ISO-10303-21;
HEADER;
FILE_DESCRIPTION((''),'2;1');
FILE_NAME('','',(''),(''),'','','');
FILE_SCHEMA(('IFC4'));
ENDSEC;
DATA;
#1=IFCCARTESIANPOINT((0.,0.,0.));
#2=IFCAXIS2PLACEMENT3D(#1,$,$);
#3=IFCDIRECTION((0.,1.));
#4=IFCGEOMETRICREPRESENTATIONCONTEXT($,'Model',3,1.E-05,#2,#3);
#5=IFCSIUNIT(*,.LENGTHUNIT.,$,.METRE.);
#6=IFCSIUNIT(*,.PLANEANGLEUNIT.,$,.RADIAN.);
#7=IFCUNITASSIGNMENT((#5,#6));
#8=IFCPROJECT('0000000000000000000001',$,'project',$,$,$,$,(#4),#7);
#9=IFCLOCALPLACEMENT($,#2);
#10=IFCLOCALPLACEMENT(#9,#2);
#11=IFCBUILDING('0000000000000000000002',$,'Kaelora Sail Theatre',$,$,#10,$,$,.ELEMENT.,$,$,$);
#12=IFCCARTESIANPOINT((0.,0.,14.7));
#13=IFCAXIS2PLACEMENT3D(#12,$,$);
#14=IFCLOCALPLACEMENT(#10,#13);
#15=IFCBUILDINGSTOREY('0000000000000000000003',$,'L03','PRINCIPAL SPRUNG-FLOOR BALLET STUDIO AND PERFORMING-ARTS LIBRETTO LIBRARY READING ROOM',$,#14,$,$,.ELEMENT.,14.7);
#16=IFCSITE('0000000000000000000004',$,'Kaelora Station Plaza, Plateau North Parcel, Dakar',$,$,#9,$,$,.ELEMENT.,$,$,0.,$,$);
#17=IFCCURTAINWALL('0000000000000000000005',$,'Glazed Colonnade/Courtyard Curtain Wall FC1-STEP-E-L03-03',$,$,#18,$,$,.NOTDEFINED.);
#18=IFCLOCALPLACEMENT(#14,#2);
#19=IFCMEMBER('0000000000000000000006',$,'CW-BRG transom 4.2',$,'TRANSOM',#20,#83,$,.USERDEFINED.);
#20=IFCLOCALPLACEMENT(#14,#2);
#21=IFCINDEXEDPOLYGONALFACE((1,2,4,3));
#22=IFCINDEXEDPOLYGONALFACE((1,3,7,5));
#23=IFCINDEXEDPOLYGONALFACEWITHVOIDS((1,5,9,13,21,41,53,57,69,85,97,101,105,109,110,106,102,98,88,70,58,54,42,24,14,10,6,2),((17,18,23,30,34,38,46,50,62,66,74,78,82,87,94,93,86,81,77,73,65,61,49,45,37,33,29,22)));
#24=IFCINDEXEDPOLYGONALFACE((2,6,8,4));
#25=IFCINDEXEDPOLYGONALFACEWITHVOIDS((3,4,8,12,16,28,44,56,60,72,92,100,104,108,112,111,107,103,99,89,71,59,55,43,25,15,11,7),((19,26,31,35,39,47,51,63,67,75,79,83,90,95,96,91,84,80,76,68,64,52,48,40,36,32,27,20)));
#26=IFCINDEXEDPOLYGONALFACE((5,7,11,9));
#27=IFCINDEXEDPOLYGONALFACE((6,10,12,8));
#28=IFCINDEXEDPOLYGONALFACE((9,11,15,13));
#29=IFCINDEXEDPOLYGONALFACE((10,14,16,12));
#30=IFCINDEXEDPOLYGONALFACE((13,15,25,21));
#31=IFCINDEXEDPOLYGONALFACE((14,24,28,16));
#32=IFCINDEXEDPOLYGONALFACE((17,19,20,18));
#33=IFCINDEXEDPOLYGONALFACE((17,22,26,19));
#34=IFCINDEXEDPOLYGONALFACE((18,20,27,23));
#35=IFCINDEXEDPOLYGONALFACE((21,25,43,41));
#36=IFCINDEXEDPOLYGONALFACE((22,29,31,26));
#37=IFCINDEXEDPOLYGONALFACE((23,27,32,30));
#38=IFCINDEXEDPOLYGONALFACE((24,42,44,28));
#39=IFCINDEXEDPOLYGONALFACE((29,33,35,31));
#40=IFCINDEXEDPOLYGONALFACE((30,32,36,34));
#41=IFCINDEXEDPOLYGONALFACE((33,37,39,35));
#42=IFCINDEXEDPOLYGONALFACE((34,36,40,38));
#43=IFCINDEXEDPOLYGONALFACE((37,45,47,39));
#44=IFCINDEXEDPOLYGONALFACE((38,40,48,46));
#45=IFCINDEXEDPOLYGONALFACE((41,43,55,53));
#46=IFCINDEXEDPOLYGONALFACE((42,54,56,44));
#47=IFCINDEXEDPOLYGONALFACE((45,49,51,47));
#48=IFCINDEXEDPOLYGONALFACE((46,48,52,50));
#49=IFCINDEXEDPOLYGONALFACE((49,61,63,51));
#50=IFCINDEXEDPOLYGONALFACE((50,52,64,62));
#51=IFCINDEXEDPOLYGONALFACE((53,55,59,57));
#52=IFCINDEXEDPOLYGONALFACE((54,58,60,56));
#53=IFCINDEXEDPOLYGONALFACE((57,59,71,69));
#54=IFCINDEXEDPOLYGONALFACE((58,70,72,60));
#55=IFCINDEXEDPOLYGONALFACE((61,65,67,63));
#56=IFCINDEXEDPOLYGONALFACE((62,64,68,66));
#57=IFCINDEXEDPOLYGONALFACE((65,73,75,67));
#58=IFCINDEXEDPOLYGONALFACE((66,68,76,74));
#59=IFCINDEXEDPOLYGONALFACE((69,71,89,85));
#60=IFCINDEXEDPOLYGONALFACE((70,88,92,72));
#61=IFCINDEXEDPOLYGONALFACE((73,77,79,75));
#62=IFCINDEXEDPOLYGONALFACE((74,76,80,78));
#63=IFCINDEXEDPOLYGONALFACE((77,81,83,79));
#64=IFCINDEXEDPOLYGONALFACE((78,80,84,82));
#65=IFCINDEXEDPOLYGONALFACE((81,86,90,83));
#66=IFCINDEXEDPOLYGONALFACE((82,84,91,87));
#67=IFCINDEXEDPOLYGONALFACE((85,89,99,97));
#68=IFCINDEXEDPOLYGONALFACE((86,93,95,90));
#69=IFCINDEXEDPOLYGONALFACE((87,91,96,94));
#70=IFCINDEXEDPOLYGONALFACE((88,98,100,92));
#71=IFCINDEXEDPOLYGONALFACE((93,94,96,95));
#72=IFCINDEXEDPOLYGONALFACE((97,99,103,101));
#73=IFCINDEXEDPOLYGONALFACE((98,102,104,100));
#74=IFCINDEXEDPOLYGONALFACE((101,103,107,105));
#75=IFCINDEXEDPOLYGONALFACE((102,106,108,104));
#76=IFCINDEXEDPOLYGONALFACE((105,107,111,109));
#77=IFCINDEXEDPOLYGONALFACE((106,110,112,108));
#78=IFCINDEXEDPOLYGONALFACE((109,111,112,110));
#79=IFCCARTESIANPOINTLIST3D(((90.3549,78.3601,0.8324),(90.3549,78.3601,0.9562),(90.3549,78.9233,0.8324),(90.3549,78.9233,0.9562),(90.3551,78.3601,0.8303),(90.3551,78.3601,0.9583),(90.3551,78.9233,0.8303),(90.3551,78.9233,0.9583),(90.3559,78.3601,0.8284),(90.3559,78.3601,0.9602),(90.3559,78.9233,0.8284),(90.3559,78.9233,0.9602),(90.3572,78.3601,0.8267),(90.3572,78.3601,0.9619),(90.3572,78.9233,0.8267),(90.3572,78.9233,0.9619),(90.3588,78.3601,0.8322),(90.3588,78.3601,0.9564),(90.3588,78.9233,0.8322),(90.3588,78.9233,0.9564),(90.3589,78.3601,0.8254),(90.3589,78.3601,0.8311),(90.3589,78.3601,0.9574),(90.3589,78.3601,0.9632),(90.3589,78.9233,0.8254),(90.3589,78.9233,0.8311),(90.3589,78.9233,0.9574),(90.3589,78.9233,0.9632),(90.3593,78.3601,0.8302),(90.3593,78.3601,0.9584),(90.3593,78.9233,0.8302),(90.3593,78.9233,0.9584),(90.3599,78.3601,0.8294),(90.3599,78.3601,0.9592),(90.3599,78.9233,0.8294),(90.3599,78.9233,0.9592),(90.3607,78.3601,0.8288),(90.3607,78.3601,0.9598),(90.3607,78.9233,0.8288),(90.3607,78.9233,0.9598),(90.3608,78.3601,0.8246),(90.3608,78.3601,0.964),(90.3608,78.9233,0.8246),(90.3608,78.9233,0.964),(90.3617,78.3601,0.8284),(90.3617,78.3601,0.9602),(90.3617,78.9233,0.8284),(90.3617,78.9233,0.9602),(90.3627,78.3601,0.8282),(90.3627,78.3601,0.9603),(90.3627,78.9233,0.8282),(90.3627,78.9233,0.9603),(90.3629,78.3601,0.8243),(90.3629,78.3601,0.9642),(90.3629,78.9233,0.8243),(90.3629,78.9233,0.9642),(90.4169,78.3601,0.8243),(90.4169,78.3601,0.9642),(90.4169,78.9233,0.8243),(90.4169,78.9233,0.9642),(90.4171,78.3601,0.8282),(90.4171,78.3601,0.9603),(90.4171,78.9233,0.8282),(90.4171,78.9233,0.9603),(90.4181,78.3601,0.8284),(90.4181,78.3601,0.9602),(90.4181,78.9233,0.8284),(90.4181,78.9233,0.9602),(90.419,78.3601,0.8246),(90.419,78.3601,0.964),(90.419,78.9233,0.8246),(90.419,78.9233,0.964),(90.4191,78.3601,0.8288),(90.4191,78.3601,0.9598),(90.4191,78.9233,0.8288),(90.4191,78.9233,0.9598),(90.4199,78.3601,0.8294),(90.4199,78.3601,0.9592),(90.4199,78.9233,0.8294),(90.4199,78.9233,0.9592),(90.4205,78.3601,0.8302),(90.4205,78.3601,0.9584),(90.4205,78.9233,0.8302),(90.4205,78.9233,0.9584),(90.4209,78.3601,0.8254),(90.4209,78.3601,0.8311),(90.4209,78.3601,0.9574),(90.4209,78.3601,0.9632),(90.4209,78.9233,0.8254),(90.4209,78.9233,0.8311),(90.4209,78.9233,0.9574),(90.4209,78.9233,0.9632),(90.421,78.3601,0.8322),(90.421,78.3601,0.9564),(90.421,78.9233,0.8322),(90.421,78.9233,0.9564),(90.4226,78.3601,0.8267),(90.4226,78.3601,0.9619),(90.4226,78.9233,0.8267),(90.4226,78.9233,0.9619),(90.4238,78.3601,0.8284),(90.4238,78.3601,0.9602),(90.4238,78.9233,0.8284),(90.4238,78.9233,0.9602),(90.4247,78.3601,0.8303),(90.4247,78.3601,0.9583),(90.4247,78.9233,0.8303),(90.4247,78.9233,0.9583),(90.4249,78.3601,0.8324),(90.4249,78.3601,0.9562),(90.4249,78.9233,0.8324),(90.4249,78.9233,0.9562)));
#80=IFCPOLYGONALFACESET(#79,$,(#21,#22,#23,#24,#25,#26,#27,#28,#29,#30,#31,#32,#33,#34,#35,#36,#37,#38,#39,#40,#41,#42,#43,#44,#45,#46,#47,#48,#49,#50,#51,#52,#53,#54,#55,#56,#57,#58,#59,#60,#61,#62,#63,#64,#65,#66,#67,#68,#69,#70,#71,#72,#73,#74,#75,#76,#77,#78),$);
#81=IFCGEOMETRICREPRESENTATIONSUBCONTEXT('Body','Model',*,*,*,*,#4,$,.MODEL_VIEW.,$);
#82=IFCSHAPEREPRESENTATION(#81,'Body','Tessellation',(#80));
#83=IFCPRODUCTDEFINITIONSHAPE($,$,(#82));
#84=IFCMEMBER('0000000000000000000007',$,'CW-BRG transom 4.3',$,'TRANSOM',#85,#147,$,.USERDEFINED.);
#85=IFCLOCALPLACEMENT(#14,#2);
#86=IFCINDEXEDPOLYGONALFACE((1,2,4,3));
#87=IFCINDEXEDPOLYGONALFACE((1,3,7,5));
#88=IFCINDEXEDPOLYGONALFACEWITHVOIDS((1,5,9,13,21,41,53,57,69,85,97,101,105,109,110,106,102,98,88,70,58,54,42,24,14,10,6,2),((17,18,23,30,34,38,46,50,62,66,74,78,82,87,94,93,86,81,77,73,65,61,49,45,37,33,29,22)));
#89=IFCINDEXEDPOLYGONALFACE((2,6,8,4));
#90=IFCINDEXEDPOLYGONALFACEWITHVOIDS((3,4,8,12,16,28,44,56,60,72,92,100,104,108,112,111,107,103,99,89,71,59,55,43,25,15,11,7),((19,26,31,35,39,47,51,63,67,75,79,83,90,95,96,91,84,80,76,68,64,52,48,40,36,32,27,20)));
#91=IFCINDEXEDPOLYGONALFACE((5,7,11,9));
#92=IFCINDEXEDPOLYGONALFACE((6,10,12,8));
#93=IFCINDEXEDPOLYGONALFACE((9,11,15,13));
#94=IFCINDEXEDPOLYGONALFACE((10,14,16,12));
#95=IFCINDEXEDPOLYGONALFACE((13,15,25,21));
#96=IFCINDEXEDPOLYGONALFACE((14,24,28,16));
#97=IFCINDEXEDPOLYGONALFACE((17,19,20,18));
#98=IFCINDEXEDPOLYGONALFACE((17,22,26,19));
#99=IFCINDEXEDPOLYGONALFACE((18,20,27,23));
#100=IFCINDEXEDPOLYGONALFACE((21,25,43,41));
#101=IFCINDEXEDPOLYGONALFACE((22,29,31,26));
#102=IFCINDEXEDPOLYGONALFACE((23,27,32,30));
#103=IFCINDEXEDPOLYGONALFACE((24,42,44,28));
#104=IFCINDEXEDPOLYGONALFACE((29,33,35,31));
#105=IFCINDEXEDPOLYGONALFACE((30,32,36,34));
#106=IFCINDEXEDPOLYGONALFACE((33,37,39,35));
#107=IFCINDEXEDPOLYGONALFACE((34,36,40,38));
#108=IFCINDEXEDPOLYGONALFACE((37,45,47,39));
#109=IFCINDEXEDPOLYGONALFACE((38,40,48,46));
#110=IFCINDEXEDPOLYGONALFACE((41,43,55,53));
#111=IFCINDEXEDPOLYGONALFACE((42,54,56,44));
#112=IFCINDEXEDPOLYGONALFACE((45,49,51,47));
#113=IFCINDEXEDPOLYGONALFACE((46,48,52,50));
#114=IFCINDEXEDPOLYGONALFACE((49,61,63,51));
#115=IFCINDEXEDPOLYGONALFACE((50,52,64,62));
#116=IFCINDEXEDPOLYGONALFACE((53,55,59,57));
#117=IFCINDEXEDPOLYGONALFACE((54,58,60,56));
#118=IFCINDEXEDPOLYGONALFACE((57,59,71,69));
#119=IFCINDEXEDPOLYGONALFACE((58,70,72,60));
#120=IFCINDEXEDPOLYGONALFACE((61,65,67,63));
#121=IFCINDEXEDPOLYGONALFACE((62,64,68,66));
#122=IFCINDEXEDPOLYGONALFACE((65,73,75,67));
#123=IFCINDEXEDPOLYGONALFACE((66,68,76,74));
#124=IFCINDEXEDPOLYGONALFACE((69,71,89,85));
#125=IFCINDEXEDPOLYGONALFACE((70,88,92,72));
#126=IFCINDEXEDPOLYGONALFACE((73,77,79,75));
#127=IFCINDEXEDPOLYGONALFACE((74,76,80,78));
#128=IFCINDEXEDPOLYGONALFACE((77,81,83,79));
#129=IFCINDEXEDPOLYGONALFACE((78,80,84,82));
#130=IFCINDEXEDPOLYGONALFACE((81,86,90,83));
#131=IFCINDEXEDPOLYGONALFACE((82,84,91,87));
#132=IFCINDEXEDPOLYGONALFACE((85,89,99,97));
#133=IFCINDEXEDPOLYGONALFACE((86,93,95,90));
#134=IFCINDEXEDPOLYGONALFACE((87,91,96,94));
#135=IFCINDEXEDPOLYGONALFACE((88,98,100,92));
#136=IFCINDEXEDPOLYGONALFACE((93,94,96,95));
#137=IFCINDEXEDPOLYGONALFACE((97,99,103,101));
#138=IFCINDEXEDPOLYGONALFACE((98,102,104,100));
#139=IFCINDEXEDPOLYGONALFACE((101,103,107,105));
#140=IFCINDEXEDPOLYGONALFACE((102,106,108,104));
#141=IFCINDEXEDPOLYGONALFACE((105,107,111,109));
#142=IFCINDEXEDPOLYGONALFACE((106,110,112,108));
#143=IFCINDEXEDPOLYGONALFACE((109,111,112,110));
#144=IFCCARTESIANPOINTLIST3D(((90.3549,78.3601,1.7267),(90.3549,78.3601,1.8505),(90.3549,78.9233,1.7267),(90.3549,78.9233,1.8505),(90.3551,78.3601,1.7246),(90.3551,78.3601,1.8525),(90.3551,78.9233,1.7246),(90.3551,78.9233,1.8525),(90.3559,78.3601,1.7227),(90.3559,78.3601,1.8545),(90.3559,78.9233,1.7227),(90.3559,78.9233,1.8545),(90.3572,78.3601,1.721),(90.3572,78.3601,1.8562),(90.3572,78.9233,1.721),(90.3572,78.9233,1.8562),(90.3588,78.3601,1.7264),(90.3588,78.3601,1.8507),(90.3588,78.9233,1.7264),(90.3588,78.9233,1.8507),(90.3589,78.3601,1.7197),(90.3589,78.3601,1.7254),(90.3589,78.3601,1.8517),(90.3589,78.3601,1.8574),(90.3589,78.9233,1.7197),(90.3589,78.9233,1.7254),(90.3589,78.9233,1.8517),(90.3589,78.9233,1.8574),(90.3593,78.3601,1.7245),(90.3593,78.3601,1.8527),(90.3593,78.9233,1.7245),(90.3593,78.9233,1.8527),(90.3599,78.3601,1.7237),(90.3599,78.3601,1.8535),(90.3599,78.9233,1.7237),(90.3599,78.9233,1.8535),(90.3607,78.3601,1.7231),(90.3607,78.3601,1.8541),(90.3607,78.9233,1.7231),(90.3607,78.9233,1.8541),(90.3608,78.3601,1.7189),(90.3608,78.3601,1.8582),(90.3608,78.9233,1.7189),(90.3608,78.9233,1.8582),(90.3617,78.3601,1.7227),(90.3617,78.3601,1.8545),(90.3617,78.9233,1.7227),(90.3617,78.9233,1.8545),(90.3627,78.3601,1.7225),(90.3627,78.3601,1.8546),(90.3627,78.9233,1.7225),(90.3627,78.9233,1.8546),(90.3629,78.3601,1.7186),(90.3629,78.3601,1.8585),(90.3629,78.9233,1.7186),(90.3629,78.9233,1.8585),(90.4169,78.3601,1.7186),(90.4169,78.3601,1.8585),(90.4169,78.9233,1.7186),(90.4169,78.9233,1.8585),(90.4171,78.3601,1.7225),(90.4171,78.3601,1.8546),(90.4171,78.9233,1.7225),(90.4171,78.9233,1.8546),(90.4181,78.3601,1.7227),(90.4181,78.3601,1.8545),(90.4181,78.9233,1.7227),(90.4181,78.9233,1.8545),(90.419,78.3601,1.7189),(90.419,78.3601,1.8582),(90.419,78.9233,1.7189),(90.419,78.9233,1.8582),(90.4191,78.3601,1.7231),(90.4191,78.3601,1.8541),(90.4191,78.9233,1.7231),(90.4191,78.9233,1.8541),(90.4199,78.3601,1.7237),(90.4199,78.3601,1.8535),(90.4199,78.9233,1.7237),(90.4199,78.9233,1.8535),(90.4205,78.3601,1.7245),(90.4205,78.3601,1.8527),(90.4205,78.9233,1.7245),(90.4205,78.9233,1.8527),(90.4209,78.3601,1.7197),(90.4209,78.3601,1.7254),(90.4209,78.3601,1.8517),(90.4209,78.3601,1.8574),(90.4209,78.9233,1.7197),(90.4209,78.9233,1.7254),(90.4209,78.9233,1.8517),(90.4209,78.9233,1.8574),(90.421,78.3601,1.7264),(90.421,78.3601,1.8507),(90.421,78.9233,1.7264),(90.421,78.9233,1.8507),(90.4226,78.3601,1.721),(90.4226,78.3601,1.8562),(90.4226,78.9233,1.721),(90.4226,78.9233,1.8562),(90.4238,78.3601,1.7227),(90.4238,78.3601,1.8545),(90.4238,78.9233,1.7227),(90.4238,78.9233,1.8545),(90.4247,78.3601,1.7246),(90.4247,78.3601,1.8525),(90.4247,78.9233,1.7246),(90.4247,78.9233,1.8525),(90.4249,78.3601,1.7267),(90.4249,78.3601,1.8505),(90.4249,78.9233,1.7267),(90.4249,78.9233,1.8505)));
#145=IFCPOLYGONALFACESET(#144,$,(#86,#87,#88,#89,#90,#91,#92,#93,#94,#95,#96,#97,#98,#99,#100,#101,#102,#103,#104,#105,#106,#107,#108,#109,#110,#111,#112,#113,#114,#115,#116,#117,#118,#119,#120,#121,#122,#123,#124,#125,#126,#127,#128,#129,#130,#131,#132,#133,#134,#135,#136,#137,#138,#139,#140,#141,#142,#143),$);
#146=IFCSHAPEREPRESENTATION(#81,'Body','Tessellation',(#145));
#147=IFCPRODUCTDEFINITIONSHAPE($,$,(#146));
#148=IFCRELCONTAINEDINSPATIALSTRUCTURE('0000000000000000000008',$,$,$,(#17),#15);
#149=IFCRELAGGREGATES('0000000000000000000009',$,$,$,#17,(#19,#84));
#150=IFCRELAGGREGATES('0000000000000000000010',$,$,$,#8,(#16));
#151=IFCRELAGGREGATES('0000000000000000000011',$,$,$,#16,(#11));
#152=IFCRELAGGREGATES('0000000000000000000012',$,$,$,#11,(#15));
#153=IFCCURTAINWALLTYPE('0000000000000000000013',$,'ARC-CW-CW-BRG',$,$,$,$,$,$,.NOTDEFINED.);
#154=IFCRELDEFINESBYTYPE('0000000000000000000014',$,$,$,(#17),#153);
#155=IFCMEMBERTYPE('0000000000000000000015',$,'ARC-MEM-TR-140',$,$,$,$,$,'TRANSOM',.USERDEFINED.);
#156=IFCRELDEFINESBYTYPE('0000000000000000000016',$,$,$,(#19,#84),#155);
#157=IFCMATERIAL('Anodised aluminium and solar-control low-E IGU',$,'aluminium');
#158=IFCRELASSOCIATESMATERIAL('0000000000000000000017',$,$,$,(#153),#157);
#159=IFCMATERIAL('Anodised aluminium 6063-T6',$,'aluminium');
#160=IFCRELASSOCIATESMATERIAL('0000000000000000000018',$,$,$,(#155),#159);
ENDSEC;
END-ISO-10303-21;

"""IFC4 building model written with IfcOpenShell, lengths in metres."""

from ifc_helpers import new_model, si_unit, direction, frame, origin, origin_2d, place, context, subcontext, project, spatial, hollow_rectangle, extrude, material, material_profile, profile_set, type_object, element, aggregate, save


model = new_model("IFC4")

# Units and contexts
model_context = context("Model", 3, precision=1e-05, world=origin(), true_north=direction((0.0, 1.0)))
body_context = subcontext(model_context, "Body", "Model", "MODEL_VIEW")
ifc_project = project(units=[si_unit("LENGTHUNIT", "METRE"), si_unit("PLANEANGLEUNIT", "RADIAN")], contexts=[model_context])

# Site, building, storey
site_placement = place(None, origin())
site = spatial("IfcSite", under=ifc_project, at=site_placement, Name="Kaelora Station Plaza, Plateau North Parcel, Dakar", CompositionType="ELEMENT", RefElevation=0.0)
building_placement = place(site_placement, origin())
building = spatial("IfcBuilding", under=site, at=building_placement, Name="Kaelora Sail Theatre", CompositionType="ELEMENT")
storey_placement = place(building_placement, frame((0.0, 0.0, 14.7)))
storey = spatial("IfcBuildingStorey", under=building, at=storey_placement, Name="L03", Description="PRINCIPAL SPRUNG-FLOOR BALLET STUDIO AND PERFORMING-ARTS LIBRETTO LIBRARY READING ROOM", CompositionType="ELEMENT", Elevation=14.7)

# Curtain wall, members
ifc_material_1 = material(Name="Anodised aluminium and solar-control low-E IGU", Category="aluminium")
curtain_wall_type = type_object("IfcCurtainWallType", Name="ARC-CW-CW-BRG", PredefinedType="NOTDEFINED", material=ifc_material_1)
curtain_wall_placement = place(storey_placement, origin())
curtain_wall = element("IfcCurtainWall", 1, at=curtain_wall_placement, inside=storey, type_object=curtain_wall_type, Name="Glazed Colonnade/Courtyard Curtain Wall FC1-STEP-E-L03-03", PredefinedType="NOTDEFINED")
ifc_material_2 = material(Name="Anodised aluminium 6063-T6", Category="aluminium")
ifc_material_profile_1 = material_profile(ifc_material_2, hollow_rectangle(XDim=0.0701, YDim=0.1399, WallThickness=0.0039, InnerFilletRadius=0.0039, OuterFilletRadius=0.0081, at=origin_2d()), Name="ALU-TRAN 70x140x4")
ifc_profile_set_1 = profile_set([ifc_material_profile_1], Name="Anodised aluminium 6063-T6")
member_type_1 = type_object("IfcMemberType", Name="ARC-MEM-TR-140", ElementType="TRANSOM", PredefinedType="USERDEFINED", material=ifc_profile_set_1)
member_1_placement = place(storey_placement, frame((90.3899, 78.3601, 0.8943), z_axis=(0.0, 1.0, 0.0), x_axis=(-1.0, 0.0, 0.0)))
member_1 = element("IfcMember", 2, at=member_1_placement, type_object=member_type_1, Name="CW-BRG transom 4.2", ObjectType="TRANSOM", PredefinedType="USERDEFINED", context=body_context, shape_type="SweptSolid", body=[
    extrude(hollow_rectangle(XDim=0.0701, YDim=0.1399, WallThickness=0.0039, InnerFilletRadius=0.0039, OuterFilletRadius=0.0081, at=origin_2d()), origin(), (0.0, 0.0, 1.0), 0.5632),
])
member_2_placement = place(storey_placement, frame((90.3899, 78.3601, 1.7886), z_axis=(0.0, 1.0, 0.0), x_axis=(-1.0, 0.0, 0.0)))
member_2 = element("IfcMember", 3, at=member_2_placement, type_object=member_type_1, Name="CW-BRG transom 4.3", ObjectType="TRANSOM", PredefinedType="USERDEFINED", context=body_context, shape_type="SweptSolid", body=[
    extrude(hollow_rectangle(XDim=0.0701, YDim=0.1399, WallThickness=0.0039, InnerFilletRadius=0.0039, OuterFilletRadius=0.0081, at=origin_2d()), origin(), (0.0, 0.0, 1.0), 0.5632),
])
aggregate(curtain_wall, [member_1, member_2])

save(model, "model.ifc")
